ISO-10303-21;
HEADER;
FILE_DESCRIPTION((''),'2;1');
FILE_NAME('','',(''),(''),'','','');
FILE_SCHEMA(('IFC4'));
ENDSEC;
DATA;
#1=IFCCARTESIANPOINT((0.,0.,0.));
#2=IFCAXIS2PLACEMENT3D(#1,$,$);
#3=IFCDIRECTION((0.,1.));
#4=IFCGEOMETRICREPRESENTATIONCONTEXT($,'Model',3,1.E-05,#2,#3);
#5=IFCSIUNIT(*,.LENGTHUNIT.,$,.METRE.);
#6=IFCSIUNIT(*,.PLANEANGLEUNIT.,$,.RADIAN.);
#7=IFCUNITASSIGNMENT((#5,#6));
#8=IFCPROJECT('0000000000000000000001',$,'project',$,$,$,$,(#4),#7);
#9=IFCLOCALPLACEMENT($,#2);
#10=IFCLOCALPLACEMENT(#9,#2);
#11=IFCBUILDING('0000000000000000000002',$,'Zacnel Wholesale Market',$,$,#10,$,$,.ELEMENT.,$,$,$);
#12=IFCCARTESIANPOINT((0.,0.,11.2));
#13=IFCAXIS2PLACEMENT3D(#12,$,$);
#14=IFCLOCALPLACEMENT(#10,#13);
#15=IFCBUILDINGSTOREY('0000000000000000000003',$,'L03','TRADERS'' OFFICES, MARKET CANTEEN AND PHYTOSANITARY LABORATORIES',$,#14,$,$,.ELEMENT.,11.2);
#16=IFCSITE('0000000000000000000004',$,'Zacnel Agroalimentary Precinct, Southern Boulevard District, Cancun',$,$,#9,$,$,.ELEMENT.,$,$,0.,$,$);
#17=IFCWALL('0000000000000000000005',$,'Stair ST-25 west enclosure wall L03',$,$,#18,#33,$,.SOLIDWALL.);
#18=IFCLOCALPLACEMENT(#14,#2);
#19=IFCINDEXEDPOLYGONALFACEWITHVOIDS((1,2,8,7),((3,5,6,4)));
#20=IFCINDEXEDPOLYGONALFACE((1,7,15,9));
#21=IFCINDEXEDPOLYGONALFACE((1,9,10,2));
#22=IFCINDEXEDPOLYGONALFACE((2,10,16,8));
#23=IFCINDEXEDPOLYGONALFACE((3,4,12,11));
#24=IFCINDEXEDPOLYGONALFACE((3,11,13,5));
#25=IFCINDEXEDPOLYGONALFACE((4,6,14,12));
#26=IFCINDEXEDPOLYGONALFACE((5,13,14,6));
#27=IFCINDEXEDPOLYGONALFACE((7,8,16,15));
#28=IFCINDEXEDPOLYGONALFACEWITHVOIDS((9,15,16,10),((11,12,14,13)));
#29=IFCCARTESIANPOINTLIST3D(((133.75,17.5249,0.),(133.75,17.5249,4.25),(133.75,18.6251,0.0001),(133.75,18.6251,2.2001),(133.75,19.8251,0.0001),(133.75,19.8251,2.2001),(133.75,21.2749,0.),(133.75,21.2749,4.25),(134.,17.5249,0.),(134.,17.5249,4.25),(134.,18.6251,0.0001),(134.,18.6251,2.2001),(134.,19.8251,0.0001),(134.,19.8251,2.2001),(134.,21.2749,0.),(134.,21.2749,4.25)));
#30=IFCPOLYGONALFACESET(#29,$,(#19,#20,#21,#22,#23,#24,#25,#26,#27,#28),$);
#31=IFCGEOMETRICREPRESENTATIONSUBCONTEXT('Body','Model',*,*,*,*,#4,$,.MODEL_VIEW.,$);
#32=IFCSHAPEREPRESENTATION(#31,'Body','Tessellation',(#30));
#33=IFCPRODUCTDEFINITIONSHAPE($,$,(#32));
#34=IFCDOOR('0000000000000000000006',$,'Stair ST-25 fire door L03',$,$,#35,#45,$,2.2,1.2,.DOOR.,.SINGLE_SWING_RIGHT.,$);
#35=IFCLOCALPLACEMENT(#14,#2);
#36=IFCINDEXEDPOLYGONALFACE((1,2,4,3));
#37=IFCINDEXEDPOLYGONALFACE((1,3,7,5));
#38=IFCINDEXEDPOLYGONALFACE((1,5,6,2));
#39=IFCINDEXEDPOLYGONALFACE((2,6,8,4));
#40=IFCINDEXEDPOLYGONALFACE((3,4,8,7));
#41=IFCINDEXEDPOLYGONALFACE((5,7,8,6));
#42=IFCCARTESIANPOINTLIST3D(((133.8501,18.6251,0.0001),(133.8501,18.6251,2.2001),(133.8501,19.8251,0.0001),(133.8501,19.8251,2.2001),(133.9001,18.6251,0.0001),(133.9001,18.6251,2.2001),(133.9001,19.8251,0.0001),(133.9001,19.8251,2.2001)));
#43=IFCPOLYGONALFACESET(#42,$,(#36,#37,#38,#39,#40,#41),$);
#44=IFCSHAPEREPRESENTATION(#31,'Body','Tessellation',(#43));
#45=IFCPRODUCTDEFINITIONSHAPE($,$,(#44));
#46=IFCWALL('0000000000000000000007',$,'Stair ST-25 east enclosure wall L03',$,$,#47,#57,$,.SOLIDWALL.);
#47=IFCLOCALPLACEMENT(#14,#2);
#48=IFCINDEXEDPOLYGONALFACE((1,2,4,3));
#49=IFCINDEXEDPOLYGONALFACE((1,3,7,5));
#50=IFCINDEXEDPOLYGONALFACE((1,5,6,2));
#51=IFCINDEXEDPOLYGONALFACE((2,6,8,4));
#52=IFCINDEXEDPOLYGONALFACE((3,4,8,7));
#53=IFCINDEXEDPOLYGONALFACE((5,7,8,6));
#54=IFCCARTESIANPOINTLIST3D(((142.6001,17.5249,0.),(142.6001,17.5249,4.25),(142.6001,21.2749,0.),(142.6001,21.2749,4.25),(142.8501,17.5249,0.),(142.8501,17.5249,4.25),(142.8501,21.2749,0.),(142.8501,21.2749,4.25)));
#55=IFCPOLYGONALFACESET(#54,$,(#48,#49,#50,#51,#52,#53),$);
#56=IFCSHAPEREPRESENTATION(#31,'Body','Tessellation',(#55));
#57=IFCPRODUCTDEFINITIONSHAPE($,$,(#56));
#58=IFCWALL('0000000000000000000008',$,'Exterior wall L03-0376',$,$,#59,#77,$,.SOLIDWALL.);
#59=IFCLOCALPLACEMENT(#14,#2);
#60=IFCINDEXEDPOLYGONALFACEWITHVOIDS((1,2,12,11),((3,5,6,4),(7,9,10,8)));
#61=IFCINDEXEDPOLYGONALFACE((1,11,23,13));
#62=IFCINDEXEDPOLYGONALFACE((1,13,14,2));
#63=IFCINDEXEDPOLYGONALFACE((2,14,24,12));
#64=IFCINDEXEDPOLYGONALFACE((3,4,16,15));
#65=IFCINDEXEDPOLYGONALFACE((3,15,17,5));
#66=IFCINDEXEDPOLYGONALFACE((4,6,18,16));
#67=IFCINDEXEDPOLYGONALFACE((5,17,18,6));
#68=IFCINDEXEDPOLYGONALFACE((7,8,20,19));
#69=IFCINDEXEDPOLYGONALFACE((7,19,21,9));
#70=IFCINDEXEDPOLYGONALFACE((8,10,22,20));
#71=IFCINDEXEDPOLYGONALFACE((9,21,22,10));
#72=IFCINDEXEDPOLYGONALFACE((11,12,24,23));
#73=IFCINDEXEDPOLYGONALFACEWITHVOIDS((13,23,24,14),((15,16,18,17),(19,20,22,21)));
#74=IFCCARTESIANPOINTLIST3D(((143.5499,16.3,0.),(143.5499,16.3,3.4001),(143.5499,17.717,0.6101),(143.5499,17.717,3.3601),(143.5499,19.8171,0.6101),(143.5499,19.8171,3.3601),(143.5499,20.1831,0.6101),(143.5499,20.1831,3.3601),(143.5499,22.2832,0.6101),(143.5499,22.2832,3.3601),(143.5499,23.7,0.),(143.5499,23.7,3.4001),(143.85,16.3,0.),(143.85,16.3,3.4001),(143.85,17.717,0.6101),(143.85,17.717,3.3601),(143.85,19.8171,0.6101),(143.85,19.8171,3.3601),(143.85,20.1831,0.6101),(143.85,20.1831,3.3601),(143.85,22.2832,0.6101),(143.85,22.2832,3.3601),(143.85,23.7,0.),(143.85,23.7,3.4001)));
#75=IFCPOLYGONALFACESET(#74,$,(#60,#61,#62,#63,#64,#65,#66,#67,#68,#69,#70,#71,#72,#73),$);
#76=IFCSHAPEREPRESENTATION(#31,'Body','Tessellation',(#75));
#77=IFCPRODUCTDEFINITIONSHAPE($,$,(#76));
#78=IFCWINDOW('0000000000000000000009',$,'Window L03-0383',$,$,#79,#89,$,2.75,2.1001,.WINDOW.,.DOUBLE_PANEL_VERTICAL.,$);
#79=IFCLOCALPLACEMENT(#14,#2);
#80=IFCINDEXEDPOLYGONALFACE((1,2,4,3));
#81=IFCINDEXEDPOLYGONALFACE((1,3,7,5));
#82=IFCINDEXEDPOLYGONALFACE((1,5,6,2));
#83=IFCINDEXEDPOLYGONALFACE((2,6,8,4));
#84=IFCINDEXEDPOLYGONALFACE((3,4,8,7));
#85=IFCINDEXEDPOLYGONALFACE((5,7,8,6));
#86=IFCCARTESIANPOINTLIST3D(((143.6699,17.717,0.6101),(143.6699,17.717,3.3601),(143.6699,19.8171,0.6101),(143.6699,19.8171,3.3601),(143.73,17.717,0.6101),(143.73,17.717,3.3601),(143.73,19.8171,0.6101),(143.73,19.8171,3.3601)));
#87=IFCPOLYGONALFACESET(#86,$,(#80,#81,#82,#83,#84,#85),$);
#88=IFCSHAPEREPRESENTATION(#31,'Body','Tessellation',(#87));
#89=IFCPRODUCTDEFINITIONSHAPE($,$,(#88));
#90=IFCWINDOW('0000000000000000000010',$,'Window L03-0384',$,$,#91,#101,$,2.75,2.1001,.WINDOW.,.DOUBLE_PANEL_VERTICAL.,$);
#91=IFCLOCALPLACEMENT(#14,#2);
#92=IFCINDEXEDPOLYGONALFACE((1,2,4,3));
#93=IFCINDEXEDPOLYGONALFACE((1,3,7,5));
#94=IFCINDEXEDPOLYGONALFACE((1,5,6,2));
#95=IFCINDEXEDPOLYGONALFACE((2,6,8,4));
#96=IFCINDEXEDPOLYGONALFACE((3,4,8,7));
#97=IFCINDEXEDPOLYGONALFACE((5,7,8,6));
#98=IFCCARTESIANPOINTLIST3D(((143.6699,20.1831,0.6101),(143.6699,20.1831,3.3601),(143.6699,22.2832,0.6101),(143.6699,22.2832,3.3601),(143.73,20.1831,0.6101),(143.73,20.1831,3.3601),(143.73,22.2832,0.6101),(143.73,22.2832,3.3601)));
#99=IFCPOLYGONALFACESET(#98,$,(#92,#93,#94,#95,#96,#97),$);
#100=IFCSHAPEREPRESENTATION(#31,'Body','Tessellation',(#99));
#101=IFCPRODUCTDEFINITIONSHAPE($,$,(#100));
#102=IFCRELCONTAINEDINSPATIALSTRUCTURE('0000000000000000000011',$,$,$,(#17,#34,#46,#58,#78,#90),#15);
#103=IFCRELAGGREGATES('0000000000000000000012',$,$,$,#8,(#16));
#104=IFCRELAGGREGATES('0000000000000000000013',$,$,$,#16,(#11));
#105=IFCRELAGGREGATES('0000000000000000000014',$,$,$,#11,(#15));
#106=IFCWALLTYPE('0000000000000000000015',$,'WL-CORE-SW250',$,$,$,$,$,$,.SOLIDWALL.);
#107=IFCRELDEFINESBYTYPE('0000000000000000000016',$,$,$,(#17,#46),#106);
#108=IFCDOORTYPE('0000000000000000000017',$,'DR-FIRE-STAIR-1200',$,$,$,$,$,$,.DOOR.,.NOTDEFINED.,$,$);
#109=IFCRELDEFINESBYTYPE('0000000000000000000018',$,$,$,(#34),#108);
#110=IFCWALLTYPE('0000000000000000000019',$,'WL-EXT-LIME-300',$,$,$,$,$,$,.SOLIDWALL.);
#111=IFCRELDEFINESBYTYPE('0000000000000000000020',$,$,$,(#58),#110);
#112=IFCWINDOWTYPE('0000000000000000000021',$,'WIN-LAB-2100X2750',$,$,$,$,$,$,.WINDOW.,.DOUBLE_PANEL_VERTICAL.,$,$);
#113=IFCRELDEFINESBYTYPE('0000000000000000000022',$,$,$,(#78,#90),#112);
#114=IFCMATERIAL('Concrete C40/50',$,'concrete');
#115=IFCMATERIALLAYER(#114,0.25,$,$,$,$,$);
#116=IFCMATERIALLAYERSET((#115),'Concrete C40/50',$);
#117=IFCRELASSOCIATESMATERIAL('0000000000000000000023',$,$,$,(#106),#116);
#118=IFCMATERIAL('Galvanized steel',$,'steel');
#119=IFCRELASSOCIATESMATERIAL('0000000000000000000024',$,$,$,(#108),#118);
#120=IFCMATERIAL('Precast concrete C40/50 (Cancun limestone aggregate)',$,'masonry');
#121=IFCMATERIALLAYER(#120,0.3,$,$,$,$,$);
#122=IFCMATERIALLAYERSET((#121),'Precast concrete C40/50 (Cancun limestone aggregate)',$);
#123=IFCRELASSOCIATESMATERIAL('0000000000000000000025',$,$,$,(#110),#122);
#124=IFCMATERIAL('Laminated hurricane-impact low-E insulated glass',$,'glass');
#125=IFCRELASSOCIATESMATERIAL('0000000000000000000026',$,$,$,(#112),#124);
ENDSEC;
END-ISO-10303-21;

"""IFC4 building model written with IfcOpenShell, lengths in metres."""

from ifc_helpers import new_model, si_unit, direction, frame, frame_2d, origin, place, context, subcontext, project, spatial, rectangle, extrude, material, layer, layer_set, type_object, element, fill, save


model = new_model("IFC4")

# Units and contexts
model_context = context("Model", 3, precision=1e-05, world=origin(), true_north=direction((0.0, 1.0)))
body_context = subcontext(model_context, "Body", "Model", "MODEL_VIEW")
ifc_project = project(units=[si_unit("LENGTHUNIT", "METRE"), si_unit("PLANEANGLEUNIT", "RADIAN")], contexts=[model_context])

# Site, building, storey
site_placement = place(None, origin())
site = spatial("IfcSite", under=ifc_project, at=site_placement, Name="Zacnel Agroalimentary Precinct, Southern Boulevard District, Cancun", CompositionType="ELEMENT", RefElevation=0.0)
building_placement = place(site_placement, origin())
building = spatial("IfcBuilding", under=site, at=building_placement, Name="Zacnel Wholesale Market", CompositionType="ELEMENT")
storey_placement = place(building_placement, frame((0.0, 0.0, 11.2)))
storey = spatial("IfcBuildingStorey", under=building, at=storey_placement, Name="L03", Description="TRADERS' OFFICES, MARKET CANTEEN AND PHYTOSANITARY LABORATORIES", CompositionType="ELEMENT", Elevation=11.2)

# Shared definitions
ifc_material_1 = material(Name="Concrete C40/50", Category="concrete")
ifc_layer_1 = layer(ifc_material_1, 0.25)
ifc_layer_set_1 = layer_set([ifc_layer_1], Name="Concrete C40/50")
wall_type_1 = type_object("IfcWallType", Name="WL-CORE-SW250", PredefinedType="SOLIDWALL", material=ifc_layer_set_1)

# Wall, opening, door
wall_1_placement = place(storey_placement, frame((133.875, 17.5249, 0.0), z_axis=(0.0, 0.0, 1.0), x_axis=(0.0, 1.0, 0.0)))
wall_1 = element("IfcWall", 1, at=wall_1_placement, inside=storey, type_object=wall_type_1, Name="Stair ST-25 west enclosure wall L03", PredefinedType="SOLIDWALL", context=body_context, shape_type="SweptSolid", body=[
    extrude(rectangle(XDim=3.75, YDim=0.25, at=frame_2d((1.875, 0.0))), origin(), (0.0, 0.0, 1.0), 4.25),
])
opening_1_placement = place(wall_1_placement, frame((1.1001, 0.0, 0.0)))
opening_1 = element("IfcOpeningElement", 2, at=opening_1_placement, cuts=wall_1, PredefinedType="OPENING", context=body_context, shape_type="SweptSolid", body=[
    extrude(rectangle(XDim=1.2, YDim=2.2, at=frame_2d((0.6001, 1.1001))), frame((0.0, 0.135, 0.0), z_axis=(0.0, -1.0, 0.0), x_axis=(1.0, 0.0, 0.0)), (0.0, 0.0, 1.0), 0.27),
])
ifc_material_2 = material(Name="Galvanized steel", Category="steel")
door_type = type_object("IfcDoorType", Name="DR-FIRE-STAIR-1200", OperationType="NOTDEFINED", PredefinedType="DOOR", material=ifc_material_2)
door_placement = place(opening_1_placement, origin())
door = element("IfcDoor", 3, at=door_placement, inside=storey, type_object=door_type, Name="Stair ST-25 fire door L03", OperationType="SINGLE_SWING_RIGHT", OverallHeight=2.2, OverallWidth=1.2, PredefinedType="DOOR", context=body_context, shape_type="SweptSolid", body=[
    extrude(rectangle(XDim=1.2, YDim=2.2, at=frame_2d((0.6001, 1.1001))), frame((0.0, 0.0249, 0.0), z_axis=(0.0, -1.0, 0.0), x_axis=(1.0, 0.0, 0.0)), (0.0, 0.0, 1.0), 0.05),
])
fill(opening_1, door)

# Wall
wall_2_placement = place(storey_placement, frame((142.7251, 17.5249, 0.0), z_axis=(0.0, 0.0, 1.0), x_axis=(0.0, 1.0, 0.0)))
element("IfcWall", 4, at=wall_2_placement, inside=storey, type_object=wall_type_1, Name="Stair ST-25 east enclosure wall L03", PredefinedType="SOLIDWALL", context=body_context, shape_type="SweptSolid", body=[
    extrude(rectangle(XDim=3.75, YDim=0.25, at=frame_2d((1.875, 0.0))), origin(), (0.0, 0.0, 1.0), 4.25),
])

# Wall, openings, windows
ifc_material_3 = material(Name="Precast concrete C40/50 (Cancun limestone aggregate)", Category="masonry")
ifc_layer_2 = layer(ifc_material_3, 0.3)
ifc_layer_set_2 = layer_set([ifc_layer_2], Name="Precast concrete C40/50 (Cancun limestone aggregate)")
wall_type_2 = type_object("IfcWallType", Name="WL-EXT-LIME-300", PredefinedType="SOLIDWALL", material=ifc_layer_set_2)
wall_3_placement = place(storey_placement, frame((143.7, 16.3, 0.0), z_axis=(0.0, 0.0, 1.0), x_axis=(0.0, 1.0, 0.0)))
wall_3 = element("IfcWall", 5, at=wall_3_placement, inside=storey, type_object=wall_type_2, Name="Exterior wall L03-0376", PredefinedType="SOLIDWALL", context=body_context, shape_type="SweptSolid", body=[
    extrude(rectangle(XDim=7.3999, YDim=0.3, at=frame_2d((3.7, 0.0))), origin(), (0.0, 0.0, 1.0), 3.4001),
])
opening_2_placement = place(wall_3_placement, frame((1.417, 0.0, 0.6101)))
opening_2 = element("IfcOpeningElement", 6, at=opening_2_placement, cuts=wall_3, PredefinedType="OPENING", context=body_context, shape_type="SweptSolid", body=[
    extrude(rectangle(XDim=2.1001, YDim=2.75, at=frame_2d((1.05, 1.375))), frame((0.0, 0.1599, 0.0), z_axis=(0.0, -1.0, 0.0), x_axis=(1.0, 0.0, 0.0)), (0.0, 0.0, 1.0), 0.3201),
])
opening_3_placement = place(wall_3_placement, frame((3.8831, 0.0, 0.6101)))
opening_3 = element("IfcOpeningElement", 7, at=opening_3_placement, cuts=wall_3, PredefinedType="OPENING", context=body_context, shape_type="SweptSolid", body=[
    extrude(rectangle(XDim=2.1001, YDim=2.75, at=frame_2d((1.05, 1.375))), frame((0.0, 0.1599, 0.0), z_axis=(0.0, -1.0, 0.0), x_axis=(1.0, 0.0, 0.0)), (0.0, 0.0, 1.0), 0.3201),
])
ifc_material_4 = material(Name="Laminated hurricane-impact low-E insulated glass", Category="glass")
window_type = type_object("IfcWindowType", Name="WIN-LAB-2100X2750", PartitioningType="DOUBLE_PANEL_VERTICAL", PredefinedType="WINDOW", material=ifc_material_4)
window_1_placement = place(opening_2_placement, origin())
window_1 = element("IfcWindow", 8, at=window_1_placement, inside=storey, type_object=window_type, Name="Window L03-0383", OverallHeight=2.75, OverallWidth=2.1001, PartitioningType="DOUBLE_PANEL_VERTICAL", PredefinedType="WINDOW", context=body_context, shape_type="SweptSolid", body=[
    extrude(rectangle(XDim=2.1001, YDim=2.75, at=frame_2d((1.05, 1.375))), frame((0.0, 0.03, 0.0), z_axis=(0.0, -1.0, 0.0), x_axis=(1.0, 0.0, 0.0)), (0.0, 0.0, 1.0), 0.0601),
])
fill(opening_2, window_1)
window_2_placement = place(opening_3_placement, origin())
window_2 = element("IfcWindow", 9, at=window_2_placement, inside=storey, type_object=window_type, Name="Window L03-0384", OverallHeight=2.75, OverallWidth=2.1001, PartitioningType="DOUBLE_PANEL_VERTICAL", PredefinedType="WINDOW", context=body_context, shape_type="SweptSolid", body=[
    extrude(rectangle(XDim=2.1001, YDim=2.75, at=frame_2d((1.05, 1.375))), frame((0.0, 0.03, 0.0), z_axis=(0.0, -1.0, 0.0), x_axis=(1.0, 0.0, 0.0)), (0.0, 0.0, 1.0), 0.0601),
])
fill(opening_3, window_2)

save(model, "model.ifc")
